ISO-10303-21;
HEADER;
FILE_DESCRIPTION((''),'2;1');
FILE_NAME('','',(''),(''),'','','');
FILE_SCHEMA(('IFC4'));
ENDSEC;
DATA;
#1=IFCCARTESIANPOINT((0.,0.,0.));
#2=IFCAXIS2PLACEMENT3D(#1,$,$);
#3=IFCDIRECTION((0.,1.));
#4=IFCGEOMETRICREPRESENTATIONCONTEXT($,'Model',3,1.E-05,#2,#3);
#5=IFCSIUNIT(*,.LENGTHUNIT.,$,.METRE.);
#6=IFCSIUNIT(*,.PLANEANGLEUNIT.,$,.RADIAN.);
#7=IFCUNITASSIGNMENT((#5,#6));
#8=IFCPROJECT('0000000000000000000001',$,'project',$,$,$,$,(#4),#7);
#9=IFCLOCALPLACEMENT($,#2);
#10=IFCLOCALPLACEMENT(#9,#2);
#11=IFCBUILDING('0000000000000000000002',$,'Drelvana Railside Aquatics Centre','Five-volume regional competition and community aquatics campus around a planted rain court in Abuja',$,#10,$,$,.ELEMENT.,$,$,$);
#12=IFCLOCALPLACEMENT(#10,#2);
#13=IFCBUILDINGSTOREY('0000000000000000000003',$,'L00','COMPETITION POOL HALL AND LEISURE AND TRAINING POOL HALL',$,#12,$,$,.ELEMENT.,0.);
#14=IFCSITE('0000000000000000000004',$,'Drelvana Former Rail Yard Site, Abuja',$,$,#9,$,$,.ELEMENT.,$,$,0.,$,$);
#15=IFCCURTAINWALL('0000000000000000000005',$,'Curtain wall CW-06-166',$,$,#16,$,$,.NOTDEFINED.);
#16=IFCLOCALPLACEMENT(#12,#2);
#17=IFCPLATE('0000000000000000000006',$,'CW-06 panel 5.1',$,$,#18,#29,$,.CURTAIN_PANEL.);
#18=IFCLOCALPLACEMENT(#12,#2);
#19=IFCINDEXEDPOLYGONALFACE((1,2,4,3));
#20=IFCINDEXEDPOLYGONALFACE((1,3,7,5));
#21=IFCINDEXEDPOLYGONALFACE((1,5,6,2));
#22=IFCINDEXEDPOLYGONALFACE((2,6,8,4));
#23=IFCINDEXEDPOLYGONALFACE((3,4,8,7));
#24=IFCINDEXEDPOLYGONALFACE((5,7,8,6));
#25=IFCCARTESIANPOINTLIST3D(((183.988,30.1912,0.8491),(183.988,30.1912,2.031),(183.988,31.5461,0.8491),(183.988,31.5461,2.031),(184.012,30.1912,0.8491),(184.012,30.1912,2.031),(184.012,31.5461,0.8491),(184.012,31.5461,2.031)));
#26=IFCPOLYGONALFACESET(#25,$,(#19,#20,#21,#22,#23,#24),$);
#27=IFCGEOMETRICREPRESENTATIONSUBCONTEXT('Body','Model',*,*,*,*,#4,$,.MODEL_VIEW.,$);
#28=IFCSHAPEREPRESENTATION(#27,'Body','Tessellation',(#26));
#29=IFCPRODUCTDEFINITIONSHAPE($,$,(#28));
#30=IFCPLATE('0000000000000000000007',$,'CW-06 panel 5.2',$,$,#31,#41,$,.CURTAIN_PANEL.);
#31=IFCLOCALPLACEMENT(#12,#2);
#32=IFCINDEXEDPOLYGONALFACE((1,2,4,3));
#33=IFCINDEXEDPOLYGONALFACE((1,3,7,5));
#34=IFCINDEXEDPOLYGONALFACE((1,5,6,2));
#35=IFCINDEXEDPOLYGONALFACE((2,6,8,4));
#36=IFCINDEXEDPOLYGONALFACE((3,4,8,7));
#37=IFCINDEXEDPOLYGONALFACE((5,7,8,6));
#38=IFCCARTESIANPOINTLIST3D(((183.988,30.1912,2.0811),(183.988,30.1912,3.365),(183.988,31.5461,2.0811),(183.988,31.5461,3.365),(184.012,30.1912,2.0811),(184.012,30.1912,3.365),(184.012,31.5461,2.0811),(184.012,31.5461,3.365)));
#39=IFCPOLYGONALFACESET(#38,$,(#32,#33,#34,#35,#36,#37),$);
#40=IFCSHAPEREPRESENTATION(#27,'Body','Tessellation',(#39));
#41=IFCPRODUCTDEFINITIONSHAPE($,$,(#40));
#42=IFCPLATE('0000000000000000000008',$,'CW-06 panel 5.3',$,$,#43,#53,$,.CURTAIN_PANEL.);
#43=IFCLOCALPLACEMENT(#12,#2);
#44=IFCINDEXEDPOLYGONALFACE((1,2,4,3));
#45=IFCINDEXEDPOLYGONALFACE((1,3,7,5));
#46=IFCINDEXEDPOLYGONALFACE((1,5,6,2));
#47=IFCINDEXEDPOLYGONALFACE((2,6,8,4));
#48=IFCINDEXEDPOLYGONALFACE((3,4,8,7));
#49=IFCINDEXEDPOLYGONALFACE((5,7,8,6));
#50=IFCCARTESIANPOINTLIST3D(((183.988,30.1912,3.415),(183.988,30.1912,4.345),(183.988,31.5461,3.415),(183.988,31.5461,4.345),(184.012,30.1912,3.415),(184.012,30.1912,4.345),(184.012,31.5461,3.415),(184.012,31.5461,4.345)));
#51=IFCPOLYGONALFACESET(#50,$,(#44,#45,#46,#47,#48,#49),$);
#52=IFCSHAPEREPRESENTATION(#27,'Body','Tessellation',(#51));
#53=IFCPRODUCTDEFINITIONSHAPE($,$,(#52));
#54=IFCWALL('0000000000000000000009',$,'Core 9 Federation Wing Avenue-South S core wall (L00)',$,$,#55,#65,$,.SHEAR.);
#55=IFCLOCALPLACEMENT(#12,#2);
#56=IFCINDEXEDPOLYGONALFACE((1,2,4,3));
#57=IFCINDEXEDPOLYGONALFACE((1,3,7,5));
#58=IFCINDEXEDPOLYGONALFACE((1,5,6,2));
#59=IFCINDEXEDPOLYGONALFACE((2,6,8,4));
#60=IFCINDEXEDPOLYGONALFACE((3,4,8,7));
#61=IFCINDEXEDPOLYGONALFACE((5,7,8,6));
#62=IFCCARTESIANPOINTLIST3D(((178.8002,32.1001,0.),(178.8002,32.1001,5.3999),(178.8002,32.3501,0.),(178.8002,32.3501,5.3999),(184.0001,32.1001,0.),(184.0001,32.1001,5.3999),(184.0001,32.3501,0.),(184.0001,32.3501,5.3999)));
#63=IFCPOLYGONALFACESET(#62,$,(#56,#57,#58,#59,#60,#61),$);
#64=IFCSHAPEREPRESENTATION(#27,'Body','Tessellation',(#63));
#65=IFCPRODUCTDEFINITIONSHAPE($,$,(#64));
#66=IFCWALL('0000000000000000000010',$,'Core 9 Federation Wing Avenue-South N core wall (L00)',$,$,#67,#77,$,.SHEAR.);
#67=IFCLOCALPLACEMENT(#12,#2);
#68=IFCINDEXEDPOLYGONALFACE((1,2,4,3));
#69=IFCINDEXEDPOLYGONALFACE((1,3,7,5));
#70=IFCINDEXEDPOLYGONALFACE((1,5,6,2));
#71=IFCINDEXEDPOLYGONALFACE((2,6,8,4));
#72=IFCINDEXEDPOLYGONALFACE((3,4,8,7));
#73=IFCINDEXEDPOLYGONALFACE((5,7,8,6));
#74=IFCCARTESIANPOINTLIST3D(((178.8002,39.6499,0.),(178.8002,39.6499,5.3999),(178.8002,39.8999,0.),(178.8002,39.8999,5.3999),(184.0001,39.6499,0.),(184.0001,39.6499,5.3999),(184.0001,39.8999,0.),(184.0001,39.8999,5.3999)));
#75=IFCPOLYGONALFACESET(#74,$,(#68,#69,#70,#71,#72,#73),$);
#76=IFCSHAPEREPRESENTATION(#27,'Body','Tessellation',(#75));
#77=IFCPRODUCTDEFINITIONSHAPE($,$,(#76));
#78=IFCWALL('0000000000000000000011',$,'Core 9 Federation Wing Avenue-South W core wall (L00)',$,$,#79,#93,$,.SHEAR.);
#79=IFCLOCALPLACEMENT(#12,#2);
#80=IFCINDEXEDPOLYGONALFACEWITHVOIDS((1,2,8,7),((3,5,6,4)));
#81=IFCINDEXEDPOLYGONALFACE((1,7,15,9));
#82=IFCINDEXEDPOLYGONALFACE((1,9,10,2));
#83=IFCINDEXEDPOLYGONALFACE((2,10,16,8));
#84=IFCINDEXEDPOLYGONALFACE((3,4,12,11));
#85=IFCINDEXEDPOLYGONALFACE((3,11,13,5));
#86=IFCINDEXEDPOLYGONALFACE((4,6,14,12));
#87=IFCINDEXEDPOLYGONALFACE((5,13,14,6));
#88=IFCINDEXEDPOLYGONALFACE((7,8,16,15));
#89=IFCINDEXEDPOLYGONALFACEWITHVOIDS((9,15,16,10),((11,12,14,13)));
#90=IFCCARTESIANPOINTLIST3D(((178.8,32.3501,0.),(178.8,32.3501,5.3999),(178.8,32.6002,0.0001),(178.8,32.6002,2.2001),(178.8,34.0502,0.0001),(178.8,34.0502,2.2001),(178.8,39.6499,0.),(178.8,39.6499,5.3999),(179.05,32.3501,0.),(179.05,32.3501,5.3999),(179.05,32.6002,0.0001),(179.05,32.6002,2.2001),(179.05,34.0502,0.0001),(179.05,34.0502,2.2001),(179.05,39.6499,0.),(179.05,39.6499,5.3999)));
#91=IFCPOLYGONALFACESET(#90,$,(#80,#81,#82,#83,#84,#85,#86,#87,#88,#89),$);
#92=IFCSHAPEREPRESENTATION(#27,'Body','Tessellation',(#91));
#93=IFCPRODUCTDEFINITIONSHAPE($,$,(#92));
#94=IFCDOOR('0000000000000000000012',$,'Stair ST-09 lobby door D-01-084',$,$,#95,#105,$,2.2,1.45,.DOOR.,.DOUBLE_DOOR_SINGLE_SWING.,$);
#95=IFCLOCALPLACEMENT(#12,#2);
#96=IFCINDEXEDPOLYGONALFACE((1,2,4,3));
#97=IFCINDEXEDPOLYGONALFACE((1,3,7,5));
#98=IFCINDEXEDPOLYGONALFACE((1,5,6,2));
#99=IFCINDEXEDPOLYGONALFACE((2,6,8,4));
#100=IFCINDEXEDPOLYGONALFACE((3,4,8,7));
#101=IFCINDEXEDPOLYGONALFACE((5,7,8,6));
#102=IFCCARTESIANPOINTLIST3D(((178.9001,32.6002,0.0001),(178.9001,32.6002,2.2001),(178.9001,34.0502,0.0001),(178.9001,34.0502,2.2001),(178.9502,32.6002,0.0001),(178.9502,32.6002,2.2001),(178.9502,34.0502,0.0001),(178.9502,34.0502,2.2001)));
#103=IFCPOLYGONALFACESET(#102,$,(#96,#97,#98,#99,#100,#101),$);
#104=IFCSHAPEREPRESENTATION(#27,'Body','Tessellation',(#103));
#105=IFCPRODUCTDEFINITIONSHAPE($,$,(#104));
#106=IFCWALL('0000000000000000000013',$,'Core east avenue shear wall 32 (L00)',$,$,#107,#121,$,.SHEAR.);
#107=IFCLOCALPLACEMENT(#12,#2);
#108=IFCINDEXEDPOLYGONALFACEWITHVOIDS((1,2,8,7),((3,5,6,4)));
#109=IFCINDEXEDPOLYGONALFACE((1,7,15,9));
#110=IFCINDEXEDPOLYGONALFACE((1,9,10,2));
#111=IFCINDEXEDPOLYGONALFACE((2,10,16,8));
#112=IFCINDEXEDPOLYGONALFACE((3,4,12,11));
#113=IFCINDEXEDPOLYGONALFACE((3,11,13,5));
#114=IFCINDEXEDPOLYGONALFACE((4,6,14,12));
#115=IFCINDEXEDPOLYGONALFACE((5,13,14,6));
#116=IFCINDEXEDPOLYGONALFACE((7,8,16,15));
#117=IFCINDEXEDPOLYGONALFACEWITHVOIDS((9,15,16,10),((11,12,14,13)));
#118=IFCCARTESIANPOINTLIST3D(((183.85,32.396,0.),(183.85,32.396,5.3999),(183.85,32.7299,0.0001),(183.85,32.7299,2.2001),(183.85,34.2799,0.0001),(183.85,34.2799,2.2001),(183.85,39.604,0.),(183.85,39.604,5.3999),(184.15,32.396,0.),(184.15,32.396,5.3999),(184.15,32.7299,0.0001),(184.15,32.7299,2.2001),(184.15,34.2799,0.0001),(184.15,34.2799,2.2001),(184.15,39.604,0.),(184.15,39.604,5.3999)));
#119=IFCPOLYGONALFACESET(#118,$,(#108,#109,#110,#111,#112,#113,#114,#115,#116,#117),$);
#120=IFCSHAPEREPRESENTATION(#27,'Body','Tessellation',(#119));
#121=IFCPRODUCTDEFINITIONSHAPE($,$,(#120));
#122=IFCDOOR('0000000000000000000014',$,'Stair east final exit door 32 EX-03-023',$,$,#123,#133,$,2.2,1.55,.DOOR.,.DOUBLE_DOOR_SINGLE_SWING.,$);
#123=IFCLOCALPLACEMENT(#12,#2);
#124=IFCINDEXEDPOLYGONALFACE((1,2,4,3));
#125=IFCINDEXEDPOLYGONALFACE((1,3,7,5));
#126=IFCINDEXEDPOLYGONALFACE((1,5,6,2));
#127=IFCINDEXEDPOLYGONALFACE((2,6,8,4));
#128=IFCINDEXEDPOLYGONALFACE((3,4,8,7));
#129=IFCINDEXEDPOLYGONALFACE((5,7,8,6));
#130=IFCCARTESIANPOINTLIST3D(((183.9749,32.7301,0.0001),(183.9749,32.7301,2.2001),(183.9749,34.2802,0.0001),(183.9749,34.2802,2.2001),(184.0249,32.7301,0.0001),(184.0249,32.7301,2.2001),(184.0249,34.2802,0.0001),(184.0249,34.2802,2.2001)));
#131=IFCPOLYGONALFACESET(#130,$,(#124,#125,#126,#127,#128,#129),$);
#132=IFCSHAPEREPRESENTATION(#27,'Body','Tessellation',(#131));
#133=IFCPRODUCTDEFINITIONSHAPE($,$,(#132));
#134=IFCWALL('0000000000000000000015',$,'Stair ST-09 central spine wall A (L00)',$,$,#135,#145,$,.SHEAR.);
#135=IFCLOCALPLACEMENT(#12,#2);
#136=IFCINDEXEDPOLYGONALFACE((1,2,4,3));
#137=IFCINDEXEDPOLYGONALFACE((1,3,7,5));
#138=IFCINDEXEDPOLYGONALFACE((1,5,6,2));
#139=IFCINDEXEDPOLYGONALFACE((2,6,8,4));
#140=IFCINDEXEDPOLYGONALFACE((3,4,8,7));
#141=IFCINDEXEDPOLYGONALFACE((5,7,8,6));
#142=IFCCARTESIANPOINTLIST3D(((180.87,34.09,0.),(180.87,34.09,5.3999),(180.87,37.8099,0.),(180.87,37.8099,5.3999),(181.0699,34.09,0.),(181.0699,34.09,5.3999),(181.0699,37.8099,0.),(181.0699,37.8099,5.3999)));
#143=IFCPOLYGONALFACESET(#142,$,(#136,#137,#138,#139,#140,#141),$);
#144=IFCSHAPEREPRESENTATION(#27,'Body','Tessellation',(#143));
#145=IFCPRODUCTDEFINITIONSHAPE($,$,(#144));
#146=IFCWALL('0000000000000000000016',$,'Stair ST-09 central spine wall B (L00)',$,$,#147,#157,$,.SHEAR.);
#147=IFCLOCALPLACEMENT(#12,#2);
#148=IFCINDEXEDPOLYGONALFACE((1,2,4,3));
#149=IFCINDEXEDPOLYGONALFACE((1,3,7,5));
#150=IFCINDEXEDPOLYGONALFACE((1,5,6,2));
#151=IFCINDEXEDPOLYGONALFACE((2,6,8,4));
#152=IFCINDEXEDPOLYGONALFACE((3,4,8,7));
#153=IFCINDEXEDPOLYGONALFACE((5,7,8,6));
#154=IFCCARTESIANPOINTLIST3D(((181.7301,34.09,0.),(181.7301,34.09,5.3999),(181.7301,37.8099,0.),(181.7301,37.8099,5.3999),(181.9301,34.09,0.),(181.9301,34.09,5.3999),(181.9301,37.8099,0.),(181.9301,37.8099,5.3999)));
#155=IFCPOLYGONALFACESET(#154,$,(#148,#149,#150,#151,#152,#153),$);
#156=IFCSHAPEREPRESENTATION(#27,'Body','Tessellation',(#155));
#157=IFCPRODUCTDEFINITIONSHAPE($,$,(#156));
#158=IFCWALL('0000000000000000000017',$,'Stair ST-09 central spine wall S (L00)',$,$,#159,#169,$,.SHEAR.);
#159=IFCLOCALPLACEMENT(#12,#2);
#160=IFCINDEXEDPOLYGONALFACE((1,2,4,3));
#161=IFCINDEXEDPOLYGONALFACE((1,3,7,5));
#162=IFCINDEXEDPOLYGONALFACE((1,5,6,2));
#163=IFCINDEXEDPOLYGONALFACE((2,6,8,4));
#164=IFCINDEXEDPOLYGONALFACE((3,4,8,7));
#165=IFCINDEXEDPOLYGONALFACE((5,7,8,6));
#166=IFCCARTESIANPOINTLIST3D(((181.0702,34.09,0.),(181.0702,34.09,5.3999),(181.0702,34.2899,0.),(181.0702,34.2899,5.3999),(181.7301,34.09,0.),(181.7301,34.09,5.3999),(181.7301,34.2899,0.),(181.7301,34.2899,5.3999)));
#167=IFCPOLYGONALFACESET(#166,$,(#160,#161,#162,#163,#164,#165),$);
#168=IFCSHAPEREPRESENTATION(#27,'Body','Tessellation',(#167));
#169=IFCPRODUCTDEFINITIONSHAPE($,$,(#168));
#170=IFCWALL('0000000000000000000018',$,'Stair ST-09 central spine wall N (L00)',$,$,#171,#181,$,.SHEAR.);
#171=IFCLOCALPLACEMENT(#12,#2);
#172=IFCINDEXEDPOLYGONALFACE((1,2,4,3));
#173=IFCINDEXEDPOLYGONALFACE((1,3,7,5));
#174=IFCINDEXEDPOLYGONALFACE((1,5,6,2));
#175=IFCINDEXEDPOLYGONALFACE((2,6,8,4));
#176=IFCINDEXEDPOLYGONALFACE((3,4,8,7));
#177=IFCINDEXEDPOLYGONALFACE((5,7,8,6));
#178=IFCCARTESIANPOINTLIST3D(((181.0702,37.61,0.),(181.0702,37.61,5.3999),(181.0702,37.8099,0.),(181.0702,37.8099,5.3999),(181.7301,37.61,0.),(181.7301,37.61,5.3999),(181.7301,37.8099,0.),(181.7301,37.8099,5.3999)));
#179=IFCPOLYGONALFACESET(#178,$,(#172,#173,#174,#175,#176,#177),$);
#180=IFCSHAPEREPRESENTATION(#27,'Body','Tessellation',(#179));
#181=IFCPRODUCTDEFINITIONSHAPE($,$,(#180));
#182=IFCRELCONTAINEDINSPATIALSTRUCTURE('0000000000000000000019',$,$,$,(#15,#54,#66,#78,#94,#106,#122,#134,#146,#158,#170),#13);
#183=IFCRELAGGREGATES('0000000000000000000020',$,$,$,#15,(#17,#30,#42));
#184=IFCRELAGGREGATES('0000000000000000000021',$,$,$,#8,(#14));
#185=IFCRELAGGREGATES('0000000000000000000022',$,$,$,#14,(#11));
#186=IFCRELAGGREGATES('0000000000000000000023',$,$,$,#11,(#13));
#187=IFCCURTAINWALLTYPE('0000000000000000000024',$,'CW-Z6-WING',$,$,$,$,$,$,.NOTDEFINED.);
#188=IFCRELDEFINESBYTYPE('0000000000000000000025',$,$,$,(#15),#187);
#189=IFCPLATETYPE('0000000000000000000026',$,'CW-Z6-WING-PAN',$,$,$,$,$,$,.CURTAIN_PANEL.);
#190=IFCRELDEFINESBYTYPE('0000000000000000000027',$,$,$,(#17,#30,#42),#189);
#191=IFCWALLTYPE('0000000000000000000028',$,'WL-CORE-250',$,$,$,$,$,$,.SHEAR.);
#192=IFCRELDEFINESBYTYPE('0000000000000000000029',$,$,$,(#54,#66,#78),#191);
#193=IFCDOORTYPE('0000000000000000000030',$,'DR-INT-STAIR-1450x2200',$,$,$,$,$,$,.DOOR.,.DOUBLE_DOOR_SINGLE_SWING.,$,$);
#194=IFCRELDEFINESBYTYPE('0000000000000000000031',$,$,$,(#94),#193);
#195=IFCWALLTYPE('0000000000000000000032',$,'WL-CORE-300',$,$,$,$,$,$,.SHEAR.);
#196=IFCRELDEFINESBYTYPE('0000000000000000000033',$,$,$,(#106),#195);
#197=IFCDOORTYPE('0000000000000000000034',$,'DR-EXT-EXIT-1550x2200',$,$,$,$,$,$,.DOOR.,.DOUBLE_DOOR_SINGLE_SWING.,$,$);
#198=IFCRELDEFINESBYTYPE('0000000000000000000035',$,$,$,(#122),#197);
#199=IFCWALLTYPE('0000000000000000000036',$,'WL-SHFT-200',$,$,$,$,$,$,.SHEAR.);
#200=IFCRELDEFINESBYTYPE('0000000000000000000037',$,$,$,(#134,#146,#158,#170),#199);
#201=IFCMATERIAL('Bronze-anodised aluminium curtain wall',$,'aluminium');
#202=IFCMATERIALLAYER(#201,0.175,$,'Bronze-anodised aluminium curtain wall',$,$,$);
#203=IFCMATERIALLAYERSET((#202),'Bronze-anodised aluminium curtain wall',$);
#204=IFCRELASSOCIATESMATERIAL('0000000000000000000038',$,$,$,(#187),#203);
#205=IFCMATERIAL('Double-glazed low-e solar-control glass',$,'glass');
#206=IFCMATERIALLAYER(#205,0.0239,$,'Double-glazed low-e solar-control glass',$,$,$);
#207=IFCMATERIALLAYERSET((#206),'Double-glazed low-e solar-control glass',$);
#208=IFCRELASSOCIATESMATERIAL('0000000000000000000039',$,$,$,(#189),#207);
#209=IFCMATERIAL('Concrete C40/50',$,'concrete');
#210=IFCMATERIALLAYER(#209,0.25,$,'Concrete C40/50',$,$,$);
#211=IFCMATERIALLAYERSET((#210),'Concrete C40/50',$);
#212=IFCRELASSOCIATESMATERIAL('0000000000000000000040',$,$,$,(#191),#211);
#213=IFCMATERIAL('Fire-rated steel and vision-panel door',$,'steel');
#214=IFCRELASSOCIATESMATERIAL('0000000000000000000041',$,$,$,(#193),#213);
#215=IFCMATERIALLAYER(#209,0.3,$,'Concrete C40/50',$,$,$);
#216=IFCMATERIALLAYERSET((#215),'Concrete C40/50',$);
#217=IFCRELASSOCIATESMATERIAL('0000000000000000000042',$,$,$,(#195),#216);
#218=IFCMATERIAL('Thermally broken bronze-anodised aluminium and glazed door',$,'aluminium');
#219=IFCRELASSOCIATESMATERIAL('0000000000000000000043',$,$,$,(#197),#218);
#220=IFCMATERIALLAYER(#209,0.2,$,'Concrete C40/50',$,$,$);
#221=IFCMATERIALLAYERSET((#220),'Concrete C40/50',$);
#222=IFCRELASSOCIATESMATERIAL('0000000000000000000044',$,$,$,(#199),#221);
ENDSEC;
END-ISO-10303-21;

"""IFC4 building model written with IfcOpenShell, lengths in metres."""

from ifc_helpers import new_model, si_unit, direction, frame, frame_2d, origin, origin_2d, place, context, subcontext, project, spatial, rectangle, extrude, material, layer, layer_set, type_object, element, fill, aggregate, save


model = new_model("IFC4")

# Units and contexts
model_context = context("Model", 3, precision=1e-05, world=origin(), true_north=direction((0.0, 1.0)))
body_context = subcontext(model_context, "Body", "Model", "MODEL_VIEW")
ifc_project = project(units=[si_unit("LENGTHUNIT", "METRE"), si_unit("PLANEANGLEUNIT", "RADIAN")], contexts=[model_context])

# Site, building, storey
site_placement = place(None, origin())
site = spatial("IfcSite", under=ifc_project, at=site_placement, Name="Drelvana Former Rail Yard Site, Abuja", CompositionType="ELEMENT", RefElevation=0.0)
building_placement = place(site_placement, origin())
building = spatial("IfcBuilding", under=site, at=building_placement, Name="Drelvana Railside Aquatics Centre", Description="Five-volume regional competition and community aquatics campus around a planted rain court in Abuja", CompositionType="ELEMENT")
storey_placement = place(building_placement, origin())
storey = spatial("IfcBuildingStorey", under=building, at=storey_placement, Name="L00", Description="COMPETITION POOL HALL AND LEISURE AND TRAINING POOL HALL", CompositionType="ELEMENT", Elevation=0.0)

# Shared definitions
ifc_material_1 = material(Name="Concrete C40/50", Category="concrete")

# Curtain wall
ifc_material_2 = material(Name="Bronze-anodised aluminium curtain wall", Category="aluminium")
ifc_layer_1 = layer(ifc_material_2, 0.175, Name="Bronze-anodised aluminium curtain wall")
ifc_layer_set_1 = layer_set([ifc_layer_1], Name="Bronze-anodised aluminium curtain wall")
curtain_wall_type = type_object("IfcCurtainWallType", Name="CW-Z6-WING", PredefinedType="NOTDEFINED", material=ifc_layer_set_1)
curtain_wall_placement = place(storey_placement, origin())
curtain_wall = element("IfcCurtainWall", 1, at=curtain_wall_placement, inside=storey, type_object=curtain_wall_type, Name="Curtain wall CW-06-166", PredefinedType="NOTDEFINED")

# Plates
ifc_material_3 = material(Name="Double-glazed low-e solar-control glass", Category="glass")
ifc_layer_2 = layer(ifc_material_3, 0.0239, Name="Double-glazed low-e solar-control glass")
ifc_layer_set_2 = layer_set([ifc_layer_2], Name="Double-glazed low-e solar-control glass")
plate_type = type_object("IfcPlateType", Name="CW-Z6-WING-PAN", PredefinedType="CURTAIN_PANEL", material=ifc_layer_set_2)
plate_1_placement = place(storey_placement, frame((184.0, 30.8687, 0.8491), z_axis=(0.0, 0.0, 1.0), x_axis=(0.0, 1.0, 0.0)))
plate_1 = element("IfcPlate", 2, at=plate_1_placement, type_object=plate_type, Name="CW-06 panel 5.1", PredefinedType="CURTAIN_PANEL", context=body_context, shape_type="SweptSolid", body=[
    extrude(rectangle(XDim=1.355, YDim=0.0239, at=origin_2d()), origin(), (0.0, 0.0, 1.0), 1.1819),
])
plate_2_placement = place(storey_placement, frame((184.0, 30.8687, 2.0811), z_axis=(0.0, 0.0, 1.0), x_axis=(0.0, 1.0, 0.0)))
plate_2 = element("IfcPlate", 3, at=plate_2_placement, type_object=plate_type, Name="CW-06 panel 5.2", PredefinedType="CURTAIN_PANEL", context=body_context, shape_type="SweptSolid", body=[
    extrude(rectangle(XDim=1.355, YDim=0.0239, at=origin_2d()), origin(), (0.0, 0.0, 1.0), 1.2839),
])
plate_3_placement = place(storey_placement, frame((184.0, 30.8687, 3.415), z_axis=(0.0, 0.0, 1.0), x_axis=(0.0, 1.0, 0.0)))
plate_3 = element("IfcPlate", 4, at=plate_3_placement, type_object=plate_type, Name="CW-06 panel 5.3", PredefinedType="CURTAIN_PANEL", context=body_context, shape_type="SweptSolid", body=[
    extrude(rectangle(XDim=1.355, YDim=0.0239, at=origin_2d()), origin(), (0.0, 0.0, 1.0), 0.9299),
])
aggregate(curtain_wall, [plate_1, plate_2, plate_3])

# Walls
ifc_layer_3 = layer(ifc_material_1, 0.25, Name="Concrete C40/50")
ifc_layer_set_3 = layer_set([ifc_layer_3], Name="Concrete C40/50")
wall_type_1 = type_object("IfcWallType", Name="WL-CORE-250", PredefinedType="SHEAR", material=ifc_layer_set_3)
for number, where, z_axis, x_axis, name in (
    (5, (178.8, 32.2251, 0.0), (0.0, 0.0, 1.0), (1.0, 0.0, 0.0), "Core 9 Federation Wing Avenue-South S core wall (L00)"),
    (6, (178.8, 39.7749, 0.0), (0.0, 0.0, 1.0), (1.0, 0.0, 0.0), "Core 9 Federation Wing Avenue-South N core wall (L00)"),
):
    element("IfcWall", number, at=place(storey_placement, frame(where, z_axis=z_axis, x_axis=x_axis)), inside=storey, type_object=wall_type_1, Name=name, PredefinedType="SHEAR", context=body_context, shape_type="SweptSolid", body=[
        extrude(rectangle(XDim=5.2, YDim=0.25, at=frame_2d((2.6001, 0.0))), origin(), (0.0, 0.0, 1.0), 5.3999),
    ])

# Walls, openings, doors
wall_1_placement = place(storey_placement, frame((178.925, 32.3501, 0.0), z_axis=(0.0, 0.0, 1.0), x_axis=(0.0, 1.0, 0.0)))
wall_1 = element("IfcWall", 7, at=wall_1_placement, inside=storey, type_object=wall_type_1, Name="Core 9 Federation Wing Avenue-South W core wall (L00)", PredefinedType="SHEAR", context=body_context, shape_type="SweptSolid", body=[
    extrude(rectangle(XDim=7.2998, YDim=0.25, at=frame_2d((3.6499, 0.0))), origin(), (0.0, 0.0, 1.0), 5.3999),
])
opening_1_placement = place(wall_1_placement, frame((0.25, 0.0, 0.0)))
opening_1 = element("IfcOpeningElement", 8, at=opening_1_placement, cuts=wall_1, PredefinedType="OPENING", context=body_context, shape_type="SweptSolid", body=[
    extrude(rectangle(XDim=1.45, YDim=2.2, at=frame_2d((0.7251, 1.1001))), frame((0.0, 0.135, 0.0), z_axis=(0.0, -1.0, 0.0), x_axis=(1.0, 0.0, 0.0)), (0.0, 0.0, 1.0), 0.27),
])
ifc_material_4 = material(Name="Fire-rated steel and vision-panel door", Category="steel")
door_type_1 = type_object("IfcDoorType", Name="DR-INT-STAIR-1450x2200", OperationType="DOUBLE_DOOR_SINGLE_SWING", PredefinedType="DOOR", material=ifc_material_4)
door_1_placement = place(opening_1_placement, origin())
door_1 = element("IfcDoor", 9, at=door_1_placement, inside=storey, type_object=door_type_1, Name="Stair ST-09 lobby door D-01-084", OperationType="DOUBLE_DOOR_SINGLE_SWING", OverallHeight=2.2, OverallWidth=1.45, PredefinedType="DOOR", context=body_context, shape_type="SweptSolid", body=[
    extrude(rectangle(XDim=1.45, YDim=2.2, at=frame_2d((0.7251, 1.1001))), frame((0.0, 0.0249, 0.0), z_axis=(0.0, -1.0, 0.0), x_axis=(1.0, 0.0, 0.0)), (0.0, 0.0, 1.0), 0.05),
])
fill(opening_1, door_1)
ifc_layer_4 = layer(ifc_material_1, 0.3, Name="Concrete C40/50")
ifc_layer_set_4 = layer_set([ifc_layer_4], Name="Concrete C40/50")
wall_type_2 = type_object("IfcWallType", Name="WL-CORE-300", PredefinedType="SHEAR", material=ifc_layer_set_4)
wall_2_placement = place(storey_placement, frame((184.0, 32.396, 0.0), z_axis=(0.0, 0.0, 1.0), x_axis=(0.0, 1.0, 0.0)))
wall_2 = element("IfcWall", 10, at=wall_2_placement, inside=storey, type_object=wall_type_2, Name="Core east avenue shear wall 32 (L00)", PredefinedType="SHEAR", context=body_context, shape_type="SweptSolid", body=[
    extrude(rectangle(XDim=7.208, YDim=0.3, at=frame_2d((3.604, 0.0))), origin(), (0.0, 0.0, 1.0), 5.3999),
])
opening_2_placement = place(wall_2_placement, frame((0.334, 0.0, 0.0)))
opening_2 = element("IfcOpeningElement", 11, at=opening_2_placement, cuts=wall_2, PredefinedType="OPENING", context=body_context, shape_type="SweptSolid", body=[
    extrude(rectangle(XDim=1.55, YDim=2.2, at=frame_2d((0.7749, 1.1001))), frame((0.0, 0.1599, 0.0), z_axis=(0.0, -1.0, 0.0), x_axis=(1.0, 0.0, 0.0)), (0.0, 0.0, 1.0), 0.3201),
])
ifc_material_5 = material(Name="Thermally broken bronze-anodised aluminium and glazed door", Category="aluminium")
door_type_2 = type_object("IfcDoorType", Name="DR-EXT-EXIT-1550x2200", OperationType="DOUBLE_DOOR_SINGLE_SWING", PredefinedType="DOOR", material=ifc_material_5)
door_2_placement = place(opening_2_placement, frame((1.55, 0.0, 0.0), z_axis=(0.0, 0.0, 1.0), x_axis=(-1.0, 0.0, 0.0)))
door_2 = element("IfcDoor", 12, at=door_2_placement, inside=storey, type_object=door_type_2, Name="Stair east final exit door 32 EX-03-023", OperationType="DOUBLE_DOOR_SINGLE_SWING", OverallHeight=2.2, OverallWidth=1.55, PredefinedType="DOOR", context=body_context, shape_type="SweptSolid", body=[
    extrude(rectangle(XDim=1.55, YDim=2.2, at=frame_2d((0.7749, 1.1001))), frame((0.0, 0.0249, 0.0), z_axis=(0.0, -1.0, 0.0), x_axis=(1.0, 0.0, 0.0)), (0.0, 0.0, 1.0), 0.05),
])
fill(opening_2, door_2)

# Walls
ifc_layer_5 = layer(ifc_material_1, 0.2, Name="Concrete C40/50")
ifc_layer_set_5 = layer_set([ifc_layer_5], Name="Concrete C40/50")
wall_type_3 = type_object("IfcWallType", Name="WL-SHFT-200", PredefinedType="SHEAR", material=ifc_layer_set_5)
for number, where, z_axis, x_axis, name in (
    (13, (180.97, 34.0901, 0.0), (0.0, 0.0, 1.0), (0.0, 1.0, 0.0), "Stair ST-09 central spine wall A (L00)"),
    (14, (181.8301, 34.0901, 0.0), (0.0, 0.0, 1.0), (0.0, 1.0, 0.0), "Stair ST-09 central spine wall B (L00)"),
):
    element("IfcWall", number, at=place(storey_placement, frame(where, z_axis=z_axis, x_axis=x_axis)), inside=storey, type_object=wall_type_3, Name=name, PredefinedType="SHEAR", context=body_context, shape_type="SweptSolid", body=[
        extrude(rectangle(XDim=3.72, YDim=0.2, at=frame_2d((1.8599, 0.0))), origin(), (0.0, 0.0, 1.0), 5.3999),
    ])
for number, where, z_axis, x_axis, name in (
    (15, (181.0701, 34.1899, 0.0), (0.0, 0.0, 1.0), (1.0, 0.0, 0.0), "Stair ST-09 central spine wall S (L00)"),
    (16, (181.0701, 37.71, 0.0), (0.0, 0.0, 1.0), (1.0, 0.0, 0.0), "Stair ST-09 central spine wall N (L00)"),
):
    element("IfcWall", number, at=place(storey_placement, frame(where, z_axis=z_axis, x_axis=x_axis)), inside=storey, type_object=wall_type_3, Name=name, PredefinedType="SHEAR", context=body_context, shape_type="SweptSolid", body=[
        extrude(rectangle(XDim=0.6599, YDim=0.2, at=frame_2d((0.3301, 0.0))), origin(), (0.0, 0.0, 1.0), 5.3999),
    ])

save(model, "model.ifc")
